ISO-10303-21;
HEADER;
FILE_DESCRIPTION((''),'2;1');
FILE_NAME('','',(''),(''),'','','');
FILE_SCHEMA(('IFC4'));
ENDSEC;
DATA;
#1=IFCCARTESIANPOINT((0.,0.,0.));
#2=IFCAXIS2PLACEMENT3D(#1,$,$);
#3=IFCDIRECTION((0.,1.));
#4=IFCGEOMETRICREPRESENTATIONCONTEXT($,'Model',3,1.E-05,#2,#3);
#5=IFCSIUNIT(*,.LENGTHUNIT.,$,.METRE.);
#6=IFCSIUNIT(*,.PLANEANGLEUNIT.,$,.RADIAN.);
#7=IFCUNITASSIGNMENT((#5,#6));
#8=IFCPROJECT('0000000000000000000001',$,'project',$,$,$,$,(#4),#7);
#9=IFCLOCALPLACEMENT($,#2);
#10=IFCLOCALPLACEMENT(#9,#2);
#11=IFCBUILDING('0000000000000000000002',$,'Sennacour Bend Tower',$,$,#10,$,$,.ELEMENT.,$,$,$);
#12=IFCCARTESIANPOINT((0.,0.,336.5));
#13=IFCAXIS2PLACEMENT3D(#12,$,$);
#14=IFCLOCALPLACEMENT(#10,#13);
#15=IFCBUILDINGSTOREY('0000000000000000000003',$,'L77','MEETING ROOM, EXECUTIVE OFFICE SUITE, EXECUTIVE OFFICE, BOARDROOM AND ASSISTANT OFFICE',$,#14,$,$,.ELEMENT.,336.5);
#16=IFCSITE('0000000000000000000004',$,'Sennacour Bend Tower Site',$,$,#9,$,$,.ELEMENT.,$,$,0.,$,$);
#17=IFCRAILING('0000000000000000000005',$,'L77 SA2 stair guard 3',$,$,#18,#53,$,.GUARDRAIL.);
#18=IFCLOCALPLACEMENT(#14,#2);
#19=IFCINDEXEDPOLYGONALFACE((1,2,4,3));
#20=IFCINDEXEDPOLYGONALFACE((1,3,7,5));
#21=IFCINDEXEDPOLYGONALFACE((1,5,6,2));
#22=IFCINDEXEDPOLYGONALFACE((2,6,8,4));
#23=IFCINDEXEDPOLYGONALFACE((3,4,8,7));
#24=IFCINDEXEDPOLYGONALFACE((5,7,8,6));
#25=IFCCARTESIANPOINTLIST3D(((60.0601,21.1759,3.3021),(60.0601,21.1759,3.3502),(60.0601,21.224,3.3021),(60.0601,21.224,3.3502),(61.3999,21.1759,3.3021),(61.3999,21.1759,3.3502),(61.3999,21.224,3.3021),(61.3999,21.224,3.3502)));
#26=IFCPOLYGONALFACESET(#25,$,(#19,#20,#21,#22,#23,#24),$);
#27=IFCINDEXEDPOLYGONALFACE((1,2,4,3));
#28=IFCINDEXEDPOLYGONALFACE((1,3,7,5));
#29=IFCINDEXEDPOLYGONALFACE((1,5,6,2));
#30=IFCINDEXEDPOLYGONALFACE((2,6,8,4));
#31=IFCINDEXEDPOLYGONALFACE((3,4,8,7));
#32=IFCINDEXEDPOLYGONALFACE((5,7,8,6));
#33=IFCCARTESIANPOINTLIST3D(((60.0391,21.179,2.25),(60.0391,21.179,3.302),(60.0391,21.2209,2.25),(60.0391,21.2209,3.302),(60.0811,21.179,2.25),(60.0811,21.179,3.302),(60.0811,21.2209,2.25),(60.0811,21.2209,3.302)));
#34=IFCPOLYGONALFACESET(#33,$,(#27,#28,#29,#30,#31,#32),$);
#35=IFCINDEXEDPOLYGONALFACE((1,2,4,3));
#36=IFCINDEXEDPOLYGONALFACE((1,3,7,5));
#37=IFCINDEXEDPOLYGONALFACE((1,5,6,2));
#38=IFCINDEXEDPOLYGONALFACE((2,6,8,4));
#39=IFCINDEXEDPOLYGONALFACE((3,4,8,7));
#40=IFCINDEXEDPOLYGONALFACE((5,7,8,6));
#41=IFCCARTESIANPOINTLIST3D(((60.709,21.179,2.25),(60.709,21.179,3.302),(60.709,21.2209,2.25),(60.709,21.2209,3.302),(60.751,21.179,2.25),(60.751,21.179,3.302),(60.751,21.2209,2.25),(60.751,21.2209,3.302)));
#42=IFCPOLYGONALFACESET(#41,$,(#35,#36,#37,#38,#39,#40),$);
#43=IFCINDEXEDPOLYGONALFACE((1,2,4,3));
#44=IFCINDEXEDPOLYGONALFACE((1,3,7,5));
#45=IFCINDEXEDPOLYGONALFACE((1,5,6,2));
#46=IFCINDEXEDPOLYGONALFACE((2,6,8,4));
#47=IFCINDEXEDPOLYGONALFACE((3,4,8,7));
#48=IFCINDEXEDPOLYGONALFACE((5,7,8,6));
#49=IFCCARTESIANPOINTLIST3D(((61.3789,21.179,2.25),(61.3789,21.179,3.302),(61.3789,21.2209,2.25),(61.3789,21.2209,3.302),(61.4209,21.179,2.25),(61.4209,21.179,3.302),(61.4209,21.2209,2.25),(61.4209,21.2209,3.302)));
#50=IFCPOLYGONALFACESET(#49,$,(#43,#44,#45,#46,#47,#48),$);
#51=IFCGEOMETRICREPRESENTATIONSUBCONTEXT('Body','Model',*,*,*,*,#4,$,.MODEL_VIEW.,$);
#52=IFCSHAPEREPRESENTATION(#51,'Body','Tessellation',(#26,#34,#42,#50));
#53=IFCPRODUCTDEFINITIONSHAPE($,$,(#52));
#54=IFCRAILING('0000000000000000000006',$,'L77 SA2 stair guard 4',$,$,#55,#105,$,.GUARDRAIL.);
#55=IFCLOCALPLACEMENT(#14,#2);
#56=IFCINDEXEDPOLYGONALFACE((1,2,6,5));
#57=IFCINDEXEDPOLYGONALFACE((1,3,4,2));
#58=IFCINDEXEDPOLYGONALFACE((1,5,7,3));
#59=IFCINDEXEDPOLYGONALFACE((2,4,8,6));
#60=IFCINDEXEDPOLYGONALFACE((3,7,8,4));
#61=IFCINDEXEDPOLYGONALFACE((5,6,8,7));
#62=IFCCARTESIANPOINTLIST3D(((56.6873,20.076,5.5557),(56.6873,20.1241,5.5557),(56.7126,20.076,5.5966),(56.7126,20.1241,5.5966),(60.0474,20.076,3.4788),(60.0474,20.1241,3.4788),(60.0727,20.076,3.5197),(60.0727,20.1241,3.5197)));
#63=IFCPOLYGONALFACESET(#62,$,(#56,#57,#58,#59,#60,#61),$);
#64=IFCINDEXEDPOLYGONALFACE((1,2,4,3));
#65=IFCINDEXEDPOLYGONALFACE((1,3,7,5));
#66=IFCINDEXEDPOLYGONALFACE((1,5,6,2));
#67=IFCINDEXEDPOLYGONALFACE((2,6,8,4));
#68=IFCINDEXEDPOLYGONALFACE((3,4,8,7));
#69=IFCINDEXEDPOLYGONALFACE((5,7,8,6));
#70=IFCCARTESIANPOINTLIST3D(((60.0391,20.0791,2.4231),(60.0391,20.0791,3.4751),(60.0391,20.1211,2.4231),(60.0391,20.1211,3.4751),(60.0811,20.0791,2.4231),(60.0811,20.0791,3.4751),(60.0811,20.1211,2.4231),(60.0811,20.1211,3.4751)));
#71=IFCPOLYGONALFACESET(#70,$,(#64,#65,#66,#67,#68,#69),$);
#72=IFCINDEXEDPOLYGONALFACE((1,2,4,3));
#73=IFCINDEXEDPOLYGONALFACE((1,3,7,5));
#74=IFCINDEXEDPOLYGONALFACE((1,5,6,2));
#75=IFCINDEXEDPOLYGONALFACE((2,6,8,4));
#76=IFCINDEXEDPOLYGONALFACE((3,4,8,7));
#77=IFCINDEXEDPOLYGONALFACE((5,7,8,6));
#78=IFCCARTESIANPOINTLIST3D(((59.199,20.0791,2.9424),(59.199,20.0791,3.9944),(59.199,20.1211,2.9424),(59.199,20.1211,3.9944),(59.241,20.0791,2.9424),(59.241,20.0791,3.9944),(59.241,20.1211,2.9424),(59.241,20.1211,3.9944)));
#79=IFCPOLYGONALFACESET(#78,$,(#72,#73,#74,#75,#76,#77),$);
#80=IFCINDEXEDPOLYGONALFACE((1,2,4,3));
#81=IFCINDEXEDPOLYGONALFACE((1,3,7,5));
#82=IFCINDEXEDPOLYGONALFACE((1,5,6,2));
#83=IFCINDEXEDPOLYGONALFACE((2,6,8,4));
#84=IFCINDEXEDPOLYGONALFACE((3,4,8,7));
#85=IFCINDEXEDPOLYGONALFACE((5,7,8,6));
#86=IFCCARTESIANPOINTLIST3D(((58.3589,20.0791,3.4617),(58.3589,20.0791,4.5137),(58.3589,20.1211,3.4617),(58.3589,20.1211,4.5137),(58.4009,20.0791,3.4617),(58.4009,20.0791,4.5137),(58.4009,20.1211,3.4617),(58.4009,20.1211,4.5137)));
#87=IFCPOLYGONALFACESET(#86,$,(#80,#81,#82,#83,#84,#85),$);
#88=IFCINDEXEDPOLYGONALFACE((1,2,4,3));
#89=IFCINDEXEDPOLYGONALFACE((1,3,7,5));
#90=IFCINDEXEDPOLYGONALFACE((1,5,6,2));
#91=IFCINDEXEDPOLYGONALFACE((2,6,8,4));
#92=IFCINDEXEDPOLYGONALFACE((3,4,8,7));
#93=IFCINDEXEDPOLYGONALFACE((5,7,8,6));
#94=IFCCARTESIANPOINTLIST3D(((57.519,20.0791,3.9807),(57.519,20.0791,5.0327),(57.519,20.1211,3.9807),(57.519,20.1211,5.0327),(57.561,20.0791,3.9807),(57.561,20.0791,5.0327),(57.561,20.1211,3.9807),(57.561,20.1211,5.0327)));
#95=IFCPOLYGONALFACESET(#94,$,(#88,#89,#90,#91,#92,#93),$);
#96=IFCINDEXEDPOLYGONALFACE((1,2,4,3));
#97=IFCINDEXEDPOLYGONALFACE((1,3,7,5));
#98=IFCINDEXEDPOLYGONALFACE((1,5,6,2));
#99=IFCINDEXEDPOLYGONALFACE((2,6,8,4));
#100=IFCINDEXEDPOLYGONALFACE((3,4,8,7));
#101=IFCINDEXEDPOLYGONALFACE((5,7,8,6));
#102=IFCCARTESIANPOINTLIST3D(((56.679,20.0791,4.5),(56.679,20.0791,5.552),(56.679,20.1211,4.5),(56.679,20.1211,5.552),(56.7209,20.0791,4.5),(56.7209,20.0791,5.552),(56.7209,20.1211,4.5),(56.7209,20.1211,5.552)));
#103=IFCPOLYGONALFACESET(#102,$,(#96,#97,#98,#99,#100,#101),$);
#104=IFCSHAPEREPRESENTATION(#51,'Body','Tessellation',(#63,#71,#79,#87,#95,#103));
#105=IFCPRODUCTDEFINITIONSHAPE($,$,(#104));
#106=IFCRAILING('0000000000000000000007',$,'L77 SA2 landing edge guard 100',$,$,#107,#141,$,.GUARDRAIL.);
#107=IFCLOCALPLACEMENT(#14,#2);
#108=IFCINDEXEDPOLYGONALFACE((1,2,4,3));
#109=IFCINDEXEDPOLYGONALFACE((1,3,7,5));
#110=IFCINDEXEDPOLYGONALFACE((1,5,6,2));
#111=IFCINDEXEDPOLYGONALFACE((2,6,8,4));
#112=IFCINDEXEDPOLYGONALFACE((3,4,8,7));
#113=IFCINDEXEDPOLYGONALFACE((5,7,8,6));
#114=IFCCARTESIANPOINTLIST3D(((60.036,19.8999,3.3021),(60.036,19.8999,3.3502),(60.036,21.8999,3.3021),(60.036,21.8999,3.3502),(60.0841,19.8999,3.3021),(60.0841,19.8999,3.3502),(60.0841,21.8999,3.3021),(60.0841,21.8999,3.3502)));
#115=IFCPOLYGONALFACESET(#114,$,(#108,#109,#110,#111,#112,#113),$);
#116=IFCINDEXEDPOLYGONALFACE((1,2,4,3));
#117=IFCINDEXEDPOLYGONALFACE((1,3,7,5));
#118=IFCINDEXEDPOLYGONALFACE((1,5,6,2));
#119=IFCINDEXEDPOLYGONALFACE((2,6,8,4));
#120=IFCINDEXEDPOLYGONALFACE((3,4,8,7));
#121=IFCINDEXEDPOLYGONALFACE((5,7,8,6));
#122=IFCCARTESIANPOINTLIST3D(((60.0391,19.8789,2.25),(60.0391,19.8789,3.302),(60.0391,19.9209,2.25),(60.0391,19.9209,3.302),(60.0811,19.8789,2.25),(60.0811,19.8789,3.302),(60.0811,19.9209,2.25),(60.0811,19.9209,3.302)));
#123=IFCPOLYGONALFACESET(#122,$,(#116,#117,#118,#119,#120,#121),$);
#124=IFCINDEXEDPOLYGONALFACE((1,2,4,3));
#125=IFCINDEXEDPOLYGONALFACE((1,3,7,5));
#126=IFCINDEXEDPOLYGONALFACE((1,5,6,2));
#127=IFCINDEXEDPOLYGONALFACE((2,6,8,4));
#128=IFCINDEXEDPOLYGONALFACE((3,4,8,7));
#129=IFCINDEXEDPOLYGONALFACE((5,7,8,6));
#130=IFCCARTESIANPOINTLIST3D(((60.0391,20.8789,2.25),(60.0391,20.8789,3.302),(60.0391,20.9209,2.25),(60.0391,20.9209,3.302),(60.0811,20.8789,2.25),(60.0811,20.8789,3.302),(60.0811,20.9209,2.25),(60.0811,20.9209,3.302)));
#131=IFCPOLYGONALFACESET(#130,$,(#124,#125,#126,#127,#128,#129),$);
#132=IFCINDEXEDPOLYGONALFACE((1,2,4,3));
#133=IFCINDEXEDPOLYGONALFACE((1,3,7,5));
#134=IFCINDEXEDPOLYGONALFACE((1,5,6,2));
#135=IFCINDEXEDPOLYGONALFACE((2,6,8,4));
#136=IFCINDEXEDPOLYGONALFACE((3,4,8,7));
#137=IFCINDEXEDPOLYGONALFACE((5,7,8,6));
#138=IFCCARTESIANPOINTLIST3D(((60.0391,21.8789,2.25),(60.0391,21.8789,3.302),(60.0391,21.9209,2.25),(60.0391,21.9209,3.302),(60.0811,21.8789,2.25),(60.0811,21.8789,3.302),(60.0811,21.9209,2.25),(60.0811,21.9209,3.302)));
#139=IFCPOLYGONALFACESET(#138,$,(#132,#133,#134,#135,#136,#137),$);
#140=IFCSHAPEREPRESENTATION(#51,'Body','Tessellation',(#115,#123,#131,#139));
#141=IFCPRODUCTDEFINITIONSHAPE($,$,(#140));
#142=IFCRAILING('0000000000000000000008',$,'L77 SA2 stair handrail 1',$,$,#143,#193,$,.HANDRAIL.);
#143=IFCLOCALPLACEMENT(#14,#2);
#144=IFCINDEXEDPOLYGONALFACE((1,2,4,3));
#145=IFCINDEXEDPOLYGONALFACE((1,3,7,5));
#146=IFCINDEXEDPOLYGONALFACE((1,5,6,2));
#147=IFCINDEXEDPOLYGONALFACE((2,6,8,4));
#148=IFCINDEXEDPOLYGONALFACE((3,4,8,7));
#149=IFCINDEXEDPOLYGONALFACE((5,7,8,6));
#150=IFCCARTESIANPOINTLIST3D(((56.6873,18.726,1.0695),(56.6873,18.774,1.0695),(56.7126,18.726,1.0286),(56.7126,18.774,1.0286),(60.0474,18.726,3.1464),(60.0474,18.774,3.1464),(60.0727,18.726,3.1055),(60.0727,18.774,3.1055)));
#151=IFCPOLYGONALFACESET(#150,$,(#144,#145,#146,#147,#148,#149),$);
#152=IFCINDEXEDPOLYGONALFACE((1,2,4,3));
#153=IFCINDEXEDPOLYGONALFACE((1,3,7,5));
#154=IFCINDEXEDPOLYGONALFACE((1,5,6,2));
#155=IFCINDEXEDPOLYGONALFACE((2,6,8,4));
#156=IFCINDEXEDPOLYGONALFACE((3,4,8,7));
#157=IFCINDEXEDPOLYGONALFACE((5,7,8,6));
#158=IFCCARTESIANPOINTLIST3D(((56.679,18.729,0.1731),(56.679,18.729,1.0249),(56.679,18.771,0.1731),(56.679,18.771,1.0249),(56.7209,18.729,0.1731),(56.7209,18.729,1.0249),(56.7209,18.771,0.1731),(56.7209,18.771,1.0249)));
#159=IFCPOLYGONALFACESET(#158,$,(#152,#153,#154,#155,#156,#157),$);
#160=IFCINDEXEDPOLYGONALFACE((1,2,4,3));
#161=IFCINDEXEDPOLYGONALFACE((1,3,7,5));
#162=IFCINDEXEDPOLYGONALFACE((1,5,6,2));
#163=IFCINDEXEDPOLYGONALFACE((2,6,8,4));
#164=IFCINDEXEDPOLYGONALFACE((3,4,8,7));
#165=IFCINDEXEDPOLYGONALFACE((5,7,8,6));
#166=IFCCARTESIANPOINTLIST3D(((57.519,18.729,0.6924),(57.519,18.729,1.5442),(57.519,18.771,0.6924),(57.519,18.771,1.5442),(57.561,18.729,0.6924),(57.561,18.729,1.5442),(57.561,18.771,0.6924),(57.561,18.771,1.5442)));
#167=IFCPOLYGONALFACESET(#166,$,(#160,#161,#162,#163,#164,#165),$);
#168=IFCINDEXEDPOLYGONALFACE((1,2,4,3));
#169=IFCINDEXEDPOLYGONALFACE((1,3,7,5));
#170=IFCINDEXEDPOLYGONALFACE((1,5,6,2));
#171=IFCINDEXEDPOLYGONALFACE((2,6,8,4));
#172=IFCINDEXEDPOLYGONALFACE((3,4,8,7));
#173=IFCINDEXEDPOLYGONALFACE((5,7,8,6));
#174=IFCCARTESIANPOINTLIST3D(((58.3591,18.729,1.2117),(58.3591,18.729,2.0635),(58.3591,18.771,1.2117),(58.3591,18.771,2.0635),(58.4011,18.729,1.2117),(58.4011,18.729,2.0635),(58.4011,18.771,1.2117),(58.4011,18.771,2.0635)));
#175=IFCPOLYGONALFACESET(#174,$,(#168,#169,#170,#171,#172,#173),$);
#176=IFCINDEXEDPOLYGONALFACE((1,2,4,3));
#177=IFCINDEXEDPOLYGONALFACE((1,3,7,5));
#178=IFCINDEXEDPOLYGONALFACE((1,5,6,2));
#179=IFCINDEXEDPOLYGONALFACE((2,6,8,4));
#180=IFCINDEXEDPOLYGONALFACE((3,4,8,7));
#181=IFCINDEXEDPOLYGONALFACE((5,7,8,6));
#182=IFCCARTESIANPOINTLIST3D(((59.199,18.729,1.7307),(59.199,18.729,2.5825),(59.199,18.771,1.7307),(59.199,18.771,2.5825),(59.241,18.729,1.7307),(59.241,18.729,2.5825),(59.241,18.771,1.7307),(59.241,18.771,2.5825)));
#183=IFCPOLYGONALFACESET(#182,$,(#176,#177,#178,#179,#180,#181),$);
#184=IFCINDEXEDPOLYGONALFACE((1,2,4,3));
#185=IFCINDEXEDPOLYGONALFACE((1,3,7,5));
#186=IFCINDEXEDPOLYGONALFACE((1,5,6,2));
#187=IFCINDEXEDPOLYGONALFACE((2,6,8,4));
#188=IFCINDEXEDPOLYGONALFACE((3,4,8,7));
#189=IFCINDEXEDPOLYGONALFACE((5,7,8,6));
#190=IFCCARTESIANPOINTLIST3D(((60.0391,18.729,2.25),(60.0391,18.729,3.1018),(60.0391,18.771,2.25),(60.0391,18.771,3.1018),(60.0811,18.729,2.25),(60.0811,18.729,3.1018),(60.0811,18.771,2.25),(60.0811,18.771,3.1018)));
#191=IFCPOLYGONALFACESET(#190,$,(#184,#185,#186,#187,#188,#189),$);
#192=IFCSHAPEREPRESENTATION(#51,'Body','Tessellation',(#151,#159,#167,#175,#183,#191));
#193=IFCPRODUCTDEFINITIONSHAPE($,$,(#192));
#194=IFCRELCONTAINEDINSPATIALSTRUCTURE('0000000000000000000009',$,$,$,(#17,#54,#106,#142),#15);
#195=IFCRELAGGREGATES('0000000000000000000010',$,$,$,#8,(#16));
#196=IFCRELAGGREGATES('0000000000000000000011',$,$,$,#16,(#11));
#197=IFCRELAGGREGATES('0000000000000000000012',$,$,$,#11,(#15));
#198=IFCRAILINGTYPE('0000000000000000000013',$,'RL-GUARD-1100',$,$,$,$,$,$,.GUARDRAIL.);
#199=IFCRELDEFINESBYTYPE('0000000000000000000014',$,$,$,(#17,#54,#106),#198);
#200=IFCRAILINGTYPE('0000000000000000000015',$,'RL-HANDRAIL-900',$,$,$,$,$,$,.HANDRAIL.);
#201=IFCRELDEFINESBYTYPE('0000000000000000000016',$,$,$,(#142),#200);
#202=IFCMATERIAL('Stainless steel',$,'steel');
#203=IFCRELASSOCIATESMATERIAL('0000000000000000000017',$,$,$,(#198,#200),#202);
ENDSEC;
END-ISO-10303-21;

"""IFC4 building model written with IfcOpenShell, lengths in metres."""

from ifc_helpers import new_model, si_unit, direction, frame, origin, origin_2d, place, context, subcontext, project, spatial, rectangle, extrude, material, type_object, element, save


model = new_model("IFC4")

# Units and contexts
model_context = context("Model", 3, precision=1e-05, world=origin(), true_north=direction((0.0, 1.0)))
body_context = subcontext(model_context, "Body", "Model", "MODEL_VIEW")
ifc_project = project(units=[si_unit("LENGTHUNIT", "METRE"), si_unit("PLANEANGLEUNIT", "RADIAN")], contexts=[model_context])

# Site, building, storey
site_placement = place(None, origin())
site = spatial("IfcSite", under=ifc_project, at=site_placement, Name="Sennacour Bend Tower Site", CompositionType="ELEMENT", RefElevation=0.0)
building_placement = place(site_placement, origin())
building = spatial("IfcBuilding", under=site, at=building_placement, Name="Sennacour Bend Tower", CompositionType="ELEMENT")
storey_placement = place(building_placement, frame((0.0, 0.0, 336.5)))
storey = spatial("IfcBuildingStorey", under=building, at=storey_placement, Name="L77", Description="MEETING ROOM, EXECUTIVE OFFICE SUITE, EXECUTIVE OFFICE, BOARDROOM AND ASSISTANT OFFICE", CompositionType="ELEMENT", Elevation=336.5)

# Shared definitions
ifc_material_1 = material(Name="Stainless steel", Category="steel")

# Railings
railing_type_1 = type_object("IfcRailingType", Name="RL-GUARD-1100", PredefinedType="GUARDRAIL", material=ifc_material_1)
railing_1_placement = place(storey_placement, frame((60.0601, 21.2, 2.25)))
element("IfcRailing", 1, at=railing_1_placement, inside=storey, type_object=railing_type_1, Name="L77 SA2 stair guard 3", PredefinedType="GUARDRAIL", context=body_context, shape_type="SweptSolid", body=[
    extrude(rectangle(XDim=0.0481, YDim=0.0481, at=origin_2d()), frame((0.0, 0.0, 1.0762), z_axis=(1.0, 0.0, 0.0), x_axis=(0.0, 1.0, 0.0)), (0.0, 0.0, 1.0), 1.3398),
    extrude(rectangle(XDim=0.042, YDim=0.042, at=origin_2d()), origin(), (0.0, 0.0, 1.0), 1.052),
    extrude(rectangle(XDim=0.042, YDim=0.042, at=origin_2d()), frame((0.6699, 0.0, 0.0)), (0.0, 0.0, 1.0), 1.052),
    extrude(rectangle(XDim=0.042, YDim=0.042, at=origin_2d()), frame((1.3398, 0.0, 0.0)), (0.0, 0.0, 1.0), 1.052),
])
railing_2_placement = place(storey_placement, frame((60.0601, 20.1001, 2.4231)))
element("IfcRailing", 2, at=railing_2_placement, inside=storey, type_object=railing_type_1, Name="L77 SA2 stair guard 4", PredefinedType="GUARDRAIL", context=body_context, shape_type="SweptSolid", body=[
    extrude(rectangle(XDim=0.0481, YDim=0.0481, at=origin_2d()), frame((0.0, 0.0, 1.0762), z_axis=(-0.850623, 0.0, 0.525776), x_axis=(0.0, -1.0, 0.0)), (0.0, 0.0, 1.0), 3.9502),
    extrude(rectangle(XDim=0.042, YDim=0.042, at=origin_2d()), origin(), (0.0, 0.0, 1.0), 1.052),
    extrude(rectangle(XDim=0.042, YDim=0.042, at=origin_2d()), frame((-0.8401, 0.0, 0.5193)), (0.0, 0.0, 1.0), 1.052),
    extrude(rectangle(XDim=0.042, YDim=0.042, at=origin_2d()), frame((-1.6802, 0.0, 1.0386)), (0.0, 0.0, 1.0), 1.052),
    extrude(rectangle(XDim=0.042, YDim=0.042, at=origin_2d()), frame((-2.52, 0.0, 1.5576)), (0.0, 0.0, 1.0), 1.052),
    extrude(rectangle(XDim=0.042, YDim=0.042, at=origin_2d()), frame((-3.3601, 0.0, 2.0769)), (0.0, 0.0, 1.0), 1.052),
])
railing_3_placement = place(storey_placement, frame((60.0601, 19.8999, 2.25)))
element("IfcRailing", 3, at=railing_3_placement, inside=storey, type_object=railing_type_1, Name="L77 SA2 landing edge guard 100", PredefinedType="GUARDRAIL", context=body_context, shape_type="SweptSolid", body=[
    extrude(rectangle(XDim=0.0481, YDim=0.0481, at=origin_2d()), frame((0.0, 0.0, 1.0762), z_axis=(0.0, 1.0, 0.0), x_axis=(-1.0, 0.0, 0.0)), (0.0, 0.0, 1.0), 2.0),
    extrude(rectangle(XDim=0.042, YDim=0.042, at=origin_2d()), origin(), (0.0, 0.0, 1.0), 1.052),
    extrude(rectangle(XDim=0.042, YDim=0.042, at=origin_2d()), frame((0.0, 1.0, 0.0)), (0.0, 0.0, 1.0), 1.052),
    extrude(rectangle(XDim=0.042, YDim=0.042, at=origin_2d()), frame((0.0, 2.0, 0.0)), (0.0, 0.0, 1.0), 1.052),
])
railing_type_2 = type_object("IfcRailingType", Name="RL-HANDRAIL-900", PredefinedType="HANDRAIL", material=ifc_material_1)
railing_4_placement = place(storey_placement, frame((56.7, 18.75, 0.1731)))
element("IfcRailing", 4, at=railing_4_placement, inside=storey, type_object=railing_type_2, Name="L77 SA2 stair handrail 1", PredefinedType="HANDRAIL", context=body_context, shape_type="SweptSolid", body=[
    extrude(rectangle(XDim=0.0481, YDim=0.0481, at=origin_2d()), frame((0.0, 0.0, 0.876), z_axis=(0.850623, 0.0, 0.525776), x_axis=(0.0, 1.0, 0.0)), (0.0, 0.0, 1.0), 3.9502),
    extrude(rectangle(XDim=0.042, YDim=0.042, at=origin_2d()), origin(), (0.0, 0.0, 1.0), 0.8518),
    extrude(rectangle(XDim=0.042, YDim=0.042, at=origin_2d()), frame((0.8401, 0.0, 0.5193)), (0.0, 0.0, 1.0), 0.8518),
    extrude(rectangle(XDim=0.042, YDim=0.042, at=origin_2d()), frame((1.6802, 0.0, 1.0386)), (0.0, 0.0, 1.0), 0.8518),
    extrude(rectangle(XDim=0.042, YDim=0.042, at=origin_2d()), frame((2.52, 0.0, 1.5576)), (0.0, 0.0, 1.0), 0.8518),
    extrude(rectangle(XDim=0.042, YDim=0.042, at=origin_2d()), frame((3.3601, 0.0, 2.0769)), (0.0, 0.0, 1.0), 0.8518),
])

save(model, "model.ifc")
